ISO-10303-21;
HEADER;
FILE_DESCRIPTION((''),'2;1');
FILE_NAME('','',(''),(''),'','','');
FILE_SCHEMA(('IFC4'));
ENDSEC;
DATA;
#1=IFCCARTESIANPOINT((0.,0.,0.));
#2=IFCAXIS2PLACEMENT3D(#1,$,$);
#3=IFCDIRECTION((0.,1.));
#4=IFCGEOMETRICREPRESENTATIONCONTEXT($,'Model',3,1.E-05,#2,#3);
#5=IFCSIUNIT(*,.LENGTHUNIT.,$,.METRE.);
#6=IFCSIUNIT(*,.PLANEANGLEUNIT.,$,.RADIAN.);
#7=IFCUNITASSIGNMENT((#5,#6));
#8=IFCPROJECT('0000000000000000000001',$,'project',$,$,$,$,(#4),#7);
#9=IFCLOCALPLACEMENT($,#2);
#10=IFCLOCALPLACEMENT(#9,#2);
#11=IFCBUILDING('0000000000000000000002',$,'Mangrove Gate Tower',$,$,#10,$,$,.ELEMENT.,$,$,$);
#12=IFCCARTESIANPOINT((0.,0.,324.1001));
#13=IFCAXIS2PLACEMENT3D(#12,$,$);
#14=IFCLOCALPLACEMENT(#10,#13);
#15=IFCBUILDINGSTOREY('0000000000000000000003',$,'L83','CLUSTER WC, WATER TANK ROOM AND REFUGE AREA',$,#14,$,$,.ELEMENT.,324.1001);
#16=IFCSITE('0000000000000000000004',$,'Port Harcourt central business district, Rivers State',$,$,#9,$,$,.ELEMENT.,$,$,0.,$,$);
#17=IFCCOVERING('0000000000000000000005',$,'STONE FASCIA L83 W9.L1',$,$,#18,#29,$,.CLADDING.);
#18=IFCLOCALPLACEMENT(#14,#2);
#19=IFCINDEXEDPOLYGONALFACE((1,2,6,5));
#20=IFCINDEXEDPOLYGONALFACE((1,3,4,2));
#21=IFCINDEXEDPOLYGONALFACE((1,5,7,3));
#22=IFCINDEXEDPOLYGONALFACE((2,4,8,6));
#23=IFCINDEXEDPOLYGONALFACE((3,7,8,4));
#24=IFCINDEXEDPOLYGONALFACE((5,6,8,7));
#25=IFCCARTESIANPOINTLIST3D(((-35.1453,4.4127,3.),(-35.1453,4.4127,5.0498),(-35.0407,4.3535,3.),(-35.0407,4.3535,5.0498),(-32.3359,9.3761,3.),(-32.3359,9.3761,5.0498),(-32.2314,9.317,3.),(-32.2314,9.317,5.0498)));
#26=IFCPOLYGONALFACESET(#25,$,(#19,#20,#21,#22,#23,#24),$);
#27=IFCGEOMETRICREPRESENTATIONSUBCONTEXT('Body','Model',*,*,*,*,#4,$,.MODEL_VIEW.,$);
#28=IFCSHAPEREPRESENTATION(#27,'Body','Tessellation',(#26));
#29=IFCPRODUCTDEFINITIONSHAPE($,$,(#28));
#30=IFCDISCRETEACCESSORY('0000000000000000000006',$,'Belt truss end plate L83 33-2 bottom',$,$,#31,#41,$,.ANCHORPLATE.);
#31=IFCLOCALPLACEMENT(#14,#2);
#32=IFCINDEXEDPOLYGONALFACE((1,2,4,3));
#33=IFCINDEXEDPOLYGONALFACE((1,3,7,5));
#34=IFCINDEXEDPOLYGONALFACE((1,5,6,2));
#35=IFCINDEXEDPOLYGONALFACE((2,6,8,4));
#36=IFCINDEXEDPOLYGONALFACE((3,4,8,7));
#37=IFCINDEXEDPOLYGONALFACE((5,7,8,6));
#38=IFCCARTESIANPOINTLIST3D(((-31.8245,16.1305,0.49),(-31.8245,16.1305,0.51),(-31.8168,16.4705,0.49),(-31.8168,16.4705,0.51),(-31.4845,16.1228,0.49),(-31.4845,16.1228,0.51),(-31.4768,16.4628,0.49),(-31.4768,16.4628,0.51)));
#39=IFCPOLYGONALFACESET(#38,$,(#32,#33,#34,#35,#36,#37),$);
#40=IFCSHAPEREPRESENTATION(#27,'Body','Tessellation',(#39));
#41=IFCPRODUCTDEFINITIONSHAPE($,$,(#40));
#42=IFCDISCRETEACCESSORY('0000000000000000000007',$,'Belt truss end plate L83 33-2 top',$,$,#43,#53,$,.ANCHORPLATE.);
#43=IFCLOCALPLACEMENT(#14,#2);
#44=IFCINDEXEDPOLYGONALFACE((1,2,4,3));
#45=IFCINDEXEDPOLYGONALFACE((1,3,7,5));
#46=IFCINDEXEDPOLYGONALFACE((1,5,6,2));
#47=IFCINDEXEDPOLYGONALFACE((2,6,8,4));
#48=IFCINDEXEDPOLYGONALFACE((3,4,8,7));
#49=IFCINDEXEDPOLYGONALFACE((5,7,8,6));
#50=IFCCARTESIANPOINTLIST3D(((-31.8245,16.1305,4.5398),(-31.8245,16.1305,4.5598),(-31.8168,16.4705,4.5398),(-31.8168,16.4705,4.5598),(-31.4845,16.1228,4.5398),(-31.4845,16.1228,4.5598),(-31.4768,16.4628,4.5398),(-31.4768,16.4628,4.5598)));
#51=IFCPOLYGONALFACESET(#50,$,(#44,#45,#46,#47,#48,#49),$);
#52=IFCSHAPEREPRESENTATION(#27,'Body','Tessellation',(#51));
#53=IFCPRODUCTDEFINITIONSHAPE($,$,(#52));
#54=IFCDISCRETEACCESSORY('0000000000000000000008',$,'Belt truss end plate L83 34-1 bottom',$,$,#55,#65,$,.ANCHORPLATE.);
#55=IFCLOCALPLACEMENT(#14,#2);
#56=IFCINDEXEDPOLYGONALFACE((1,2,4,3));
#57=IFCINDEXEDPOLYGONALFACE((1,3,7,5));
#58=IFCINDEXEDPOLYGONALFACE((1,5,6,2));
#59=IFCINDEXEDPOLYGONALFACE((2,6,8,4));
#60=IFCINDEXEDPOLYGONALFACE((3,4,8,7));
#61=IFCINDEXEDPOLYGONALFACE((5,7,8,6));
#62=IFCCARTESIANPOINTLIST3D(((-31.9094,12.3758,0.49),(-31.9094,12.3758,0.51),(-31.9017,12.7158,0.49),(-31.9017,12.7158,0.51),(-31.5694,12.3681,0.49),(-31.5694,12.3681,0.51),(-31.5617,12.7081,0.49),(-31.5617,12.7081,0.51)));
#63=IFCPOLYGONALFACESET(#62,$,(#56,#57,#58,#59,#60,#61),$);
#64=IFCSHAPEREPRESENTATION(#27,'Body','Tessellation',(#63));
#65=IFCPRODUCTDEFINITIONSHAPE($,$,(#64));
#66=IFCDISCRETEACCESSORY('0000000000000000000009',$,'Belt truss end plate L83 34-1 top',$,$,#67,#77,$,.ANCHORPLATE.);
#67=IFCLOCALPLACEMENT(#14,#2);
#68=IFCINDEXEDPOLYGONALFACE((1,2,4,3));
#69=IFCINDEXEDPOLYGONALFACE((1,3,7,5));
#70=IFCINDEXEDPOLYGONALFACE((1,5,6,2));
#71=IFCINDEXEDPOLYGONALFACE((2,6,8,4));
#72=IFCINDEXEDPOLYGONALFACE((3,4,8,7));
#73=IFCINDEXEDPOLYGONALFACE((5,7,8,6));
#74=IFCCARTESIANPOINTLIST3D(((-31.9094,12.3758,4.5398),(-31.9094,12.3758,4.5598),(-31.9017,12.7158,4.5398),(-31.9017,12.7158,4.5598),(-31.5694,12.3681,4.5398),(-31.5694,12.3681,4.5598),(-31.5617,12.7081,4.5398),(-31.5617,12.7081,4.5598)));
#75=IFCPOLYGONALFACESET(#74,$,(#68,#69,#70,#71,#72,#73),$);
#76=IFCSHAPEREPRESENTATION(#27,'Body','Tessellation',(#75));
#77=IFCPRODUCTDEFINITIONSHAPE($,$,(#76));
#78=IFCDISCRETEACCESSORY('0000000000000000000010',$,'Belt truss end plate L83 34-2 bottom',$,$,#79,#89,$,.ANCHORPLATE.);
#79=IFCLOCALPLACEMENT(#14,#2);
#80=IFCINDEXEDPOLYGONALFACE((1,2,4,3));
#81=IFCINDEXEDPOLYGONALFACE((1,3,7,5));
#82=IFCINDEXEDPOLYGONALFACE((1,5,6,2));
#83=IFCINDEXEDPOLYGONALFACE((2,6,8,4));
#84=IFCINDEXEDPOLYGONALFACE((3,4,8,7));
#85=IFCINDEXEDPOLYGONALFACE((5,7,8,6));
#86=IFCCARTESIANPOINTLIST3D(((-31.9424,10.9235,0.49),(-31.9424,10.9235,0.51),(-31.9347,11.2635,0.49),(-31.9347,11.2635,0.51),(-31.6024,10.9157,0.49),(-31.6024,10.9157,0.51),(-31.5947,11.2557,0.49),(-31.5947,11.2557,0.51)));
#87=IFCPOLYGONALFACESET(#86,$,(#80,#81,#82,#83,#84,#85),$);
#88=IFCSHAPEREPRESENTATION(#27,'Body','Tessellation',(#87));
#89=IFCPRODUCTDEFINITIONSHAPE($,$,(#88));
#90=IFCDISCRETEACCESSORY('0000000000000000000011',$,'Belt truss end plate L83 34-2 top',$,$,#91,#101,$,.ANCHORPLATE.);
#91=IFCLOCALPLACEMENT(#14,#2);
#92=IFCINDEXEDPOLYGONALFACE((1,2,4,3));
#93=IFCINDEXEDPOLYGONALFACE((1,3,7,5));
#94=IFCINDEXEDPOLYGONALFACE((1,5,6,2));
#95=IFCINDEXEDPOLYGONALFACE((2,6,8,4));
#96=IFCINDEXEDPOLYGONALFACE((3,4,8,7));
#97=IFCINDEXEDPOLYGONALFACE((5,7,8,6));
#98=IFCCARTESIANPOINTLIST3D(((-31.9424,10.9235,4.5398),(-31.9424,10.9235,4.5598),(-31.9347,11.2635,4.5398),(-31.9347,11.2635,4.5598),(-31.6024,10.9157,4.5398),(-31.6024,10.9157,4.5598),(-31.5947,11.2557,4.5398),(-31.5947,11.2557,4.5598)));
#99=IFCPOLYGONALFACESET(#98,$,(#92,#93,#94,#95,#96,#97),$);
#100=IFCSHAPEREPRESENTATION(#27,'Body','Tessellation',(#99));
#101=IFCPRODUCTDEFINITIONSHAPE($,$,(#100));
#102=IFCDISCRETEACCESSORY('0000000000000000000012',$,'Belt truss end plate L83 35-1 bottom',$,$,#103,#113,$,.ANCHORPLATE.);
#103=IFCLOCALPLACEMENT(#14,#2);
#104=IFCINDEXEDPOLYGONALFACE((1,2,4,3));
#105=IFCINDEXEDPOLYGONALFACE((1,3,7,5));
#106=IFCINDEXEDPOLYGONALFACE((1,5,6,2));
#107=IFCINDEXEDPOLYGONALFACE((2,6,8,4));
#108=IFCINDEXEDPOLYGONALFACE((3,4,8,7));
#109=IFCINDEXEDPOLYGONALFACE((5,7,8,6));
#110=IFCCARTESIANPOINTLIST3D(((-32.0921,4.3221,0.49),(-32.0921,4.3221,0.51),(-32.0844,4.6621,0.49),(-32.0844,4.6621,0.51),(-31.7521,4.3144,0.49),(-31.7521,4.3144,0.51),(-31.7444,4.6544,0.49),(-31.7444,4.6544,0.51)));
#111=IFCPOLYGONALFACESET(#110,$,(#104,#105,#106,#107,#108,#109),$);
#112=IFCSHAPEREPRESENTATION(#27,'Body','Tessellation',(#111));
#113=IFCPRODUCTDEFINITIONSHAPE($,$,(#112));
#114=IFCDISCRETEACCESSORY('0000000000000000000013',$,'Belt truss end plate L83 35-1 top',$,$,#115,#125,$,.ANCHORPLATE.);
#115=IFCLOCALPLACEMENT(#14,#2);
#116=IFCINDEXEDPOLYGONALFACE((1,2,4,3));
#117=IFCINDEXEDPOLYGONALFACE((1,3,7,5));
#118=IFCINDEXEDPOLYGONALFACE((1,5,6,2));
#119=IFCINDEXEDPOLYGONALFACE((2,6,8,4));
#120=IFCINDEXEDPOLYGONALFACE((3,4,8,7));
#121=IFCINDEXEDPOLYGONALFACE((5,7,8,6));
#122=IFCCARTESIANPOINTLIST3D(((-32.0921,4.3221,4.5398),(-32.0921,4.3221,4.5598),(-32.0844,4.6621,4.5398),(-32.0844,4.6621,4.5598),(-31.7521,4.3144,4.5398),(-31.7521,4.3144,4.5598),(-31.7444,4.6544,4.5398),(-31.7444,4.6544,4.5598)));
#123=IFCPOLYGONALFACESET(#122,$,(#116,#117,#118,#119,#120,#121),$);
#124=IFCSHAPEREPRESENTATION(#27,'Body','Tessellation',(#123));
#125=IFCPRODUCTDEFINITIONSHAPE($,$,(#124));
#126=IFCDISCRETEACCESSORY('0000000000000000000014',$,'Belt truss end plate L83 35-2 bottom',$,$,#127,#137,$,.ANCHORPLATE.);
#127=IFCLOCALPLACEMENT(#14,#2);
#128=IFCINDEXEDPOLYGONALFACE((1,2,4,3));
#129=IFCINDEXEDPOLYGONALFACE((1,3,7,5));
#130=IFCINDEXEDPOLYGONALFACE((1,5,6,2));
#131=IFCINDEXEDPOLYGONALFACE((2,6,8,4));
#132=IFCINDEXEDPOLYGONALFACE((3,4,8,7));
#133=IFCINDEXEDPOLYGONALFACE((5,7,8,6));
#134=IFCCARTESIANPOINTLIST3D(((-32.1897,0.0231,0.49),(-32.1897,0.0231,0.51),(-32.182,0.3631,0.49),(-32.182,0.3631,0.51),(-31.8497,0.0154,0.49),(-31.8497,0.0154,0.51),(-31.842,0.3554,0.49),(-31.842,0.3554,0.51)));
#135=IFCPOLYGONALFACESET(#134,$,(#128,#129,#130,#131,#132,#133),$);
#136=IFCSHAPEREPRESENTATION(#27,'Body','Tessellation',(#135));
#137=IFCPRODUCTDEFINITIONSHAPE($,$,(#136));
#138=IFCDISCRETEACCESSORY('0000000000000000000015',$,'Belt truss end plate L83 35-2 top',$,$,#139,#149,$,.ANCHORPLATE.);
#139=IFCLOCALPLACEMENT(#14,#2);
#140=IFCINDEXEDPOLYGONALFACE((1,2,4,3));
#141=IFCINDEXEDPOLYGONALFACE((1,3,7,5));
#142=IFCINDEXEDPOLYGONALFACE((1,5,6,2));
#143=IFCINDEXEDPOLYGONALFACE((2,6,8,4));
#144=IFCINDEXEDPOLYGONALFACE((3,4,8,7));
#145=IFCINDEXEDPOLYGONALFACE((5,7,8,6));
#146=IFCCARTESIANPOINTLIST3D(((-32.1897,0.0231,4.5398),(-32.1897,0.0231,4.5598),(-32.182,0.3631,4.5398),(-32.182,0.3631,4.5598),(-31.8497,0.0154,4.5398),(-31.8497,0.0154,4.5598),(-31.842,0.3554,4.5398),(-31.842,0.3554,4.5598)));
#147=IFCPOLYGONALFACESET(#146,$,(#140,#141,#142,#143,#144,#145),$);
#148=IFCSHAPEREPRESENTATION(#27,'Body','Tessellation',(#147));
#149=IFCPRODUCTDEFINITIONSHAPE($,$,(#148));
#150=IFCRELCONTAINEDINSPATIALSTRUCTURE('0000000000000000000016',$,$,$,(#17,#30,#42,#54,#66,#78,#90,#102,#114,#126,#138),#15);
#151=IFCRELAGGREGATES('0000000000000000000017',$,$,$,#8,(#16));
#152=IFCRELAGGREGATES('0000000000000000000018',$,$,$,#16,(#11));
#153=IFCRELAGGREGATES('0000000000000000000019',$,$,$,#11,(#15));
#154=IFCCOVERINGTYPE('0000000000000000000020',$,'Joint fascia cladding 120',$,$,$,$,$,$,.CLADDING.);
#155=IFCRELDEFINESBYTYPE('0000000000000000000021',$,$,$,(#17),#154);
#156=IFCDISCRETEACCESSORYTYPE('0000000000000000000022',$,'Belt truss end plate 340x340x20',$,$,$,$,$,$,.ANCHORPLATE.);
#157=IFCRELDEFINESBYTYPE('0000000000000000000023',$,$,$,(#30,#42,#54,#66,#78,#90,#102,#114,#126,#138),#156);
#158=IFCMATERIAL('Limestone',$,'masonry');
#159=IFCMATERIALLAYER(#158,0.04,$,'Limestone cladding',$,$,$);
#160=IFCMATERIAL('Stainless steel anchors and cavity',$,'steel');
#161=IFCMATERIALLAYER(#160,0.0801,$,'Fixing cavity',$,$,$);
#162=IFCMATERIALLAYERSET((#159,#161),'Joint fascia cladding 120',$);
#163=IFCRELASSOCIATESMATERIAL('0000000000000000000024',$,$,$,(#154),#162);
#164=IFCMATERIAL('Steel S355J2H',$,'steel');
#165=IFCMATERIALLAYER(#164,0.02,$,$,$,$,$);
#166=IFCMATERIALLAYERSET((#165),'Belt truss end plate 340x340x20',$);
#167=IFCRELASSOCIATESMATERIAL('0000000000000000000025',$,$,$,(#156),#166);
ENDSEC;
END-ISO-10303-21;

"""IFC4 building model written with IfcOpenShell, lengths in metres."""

from ifc_helpers import new_model, si_unit, direction, frame, frame_2d, origin, origin_2d, place, context, subcontext, project, spatial, rectangle, extrude, material, layer, layer_set, type_object, element, save


model = new_model("IFC4")

# Units and contexts
model_context = context("Model", 3, precision=1e-05, world=origin(), true_north=direction((0.0, 1.0)))
body_context = subcontext(model_context, "Body", "Model", "MODEL_VIEW")
ifc_project = project(units=[si_unit("LENGTHUNIT", "METRE"), si_unit("PLANEANGLEUNIT", "RADIAN")], contexts=[model_context])

# Site, building, storey
site_placement = place(None, origin())
site = spatial("IfcSite", under=ifc_project, at=site_placement, Name="Port Harcourt central business district, Rivers State", CompositionType="ELEMENT", RefElevation=0.0)
building_placement = place(site_placement, origin())
building = spatial("IfcBuilding", under=site, at=building_placement, Name="Mangrove Gate Tower", CompositionType="ELEMENT")
storey_placement = place(building_placement, frame((0.0, 0.0, 324.1001)))
storey = spatial("IfcBuildingStorey", under=building, at=storey_placement, Name="L83", Description="CLUSTER WC, WATER TANK ROOM AND REFUGE AREA", CompositionType="ELEMENT", Elevation=324.1001)

# Shared definitions
ifc_material_1 = material(Name="Limestone", Category="masonry")

# Covering
ifc_layer_1 = layer(ifc_material_1, 0.04, Name="Limestone cladding")
ifc_material_2 = material(Name="Stainless steel anchors and cavity", Category="steel")
ifc_layer_2 = layer(ifc_material_2, 0.0801, Name="Fixing cavity")
ifc_layer_set_1 = layer_set([ifc_layer_1, ifc_layer_2], Name="Joint fascia cladding 120")
covering_type = type_object("IfcCoveringType", Name="Joint fascia cladding 120", PredefinedType="CLADDING", material=ifc_layer_set_1)
covering_placement = place(storey_placement, frame((-32.2837, 9.3464, 3.0), z_axis=(0.0, 0.0, 1.0), x_axis=(-0.49258, -0.870267, 0.0)))
element("IfcCovering", 1, at=covering_placement, inside=storey, type_object=covering_type, Name="STONE FASCIA L83 W9.L1", PredefinedType="CLADDING", context=body_context, shape_type="SweptSolid", body=[
    extrude(rectangle(XDim=5.7034, YDim=0.1201, at=frame_2d((2.8516, 0.0))), origin(), (0.0, 0.0, 1.0), 2.0498),
])

# Discrete accessories
ifc_material_3 = material(Name="Steel S355J2H", Category="steel")
ifc_layer_3 = layer(ifc_material_3, 0.02)
ifc_layer_set_2 = layer_set([ifc_layer_3], Name="Belt truss end plate 340x340x20")
discrete_accessory_type = type_object("IfcDiscreteAccessoryType", Name="Belt truss end plate 340x340x20", PredefinedType="ANCHORPLATE", material=ifc_layer_set_2)
for number, where, z_axis, x_axis, name in (
    (2, (-31.6506, 16.2966, 0.49), (0.0, 0.0, 1.0), (-0.022656, -0.999743, 0.0), "Belt truss end plate L83 33-2 bottom"),
    (3, (-31.6506, 16.2966, 4.5398), (0.0, 0.0, 1.0), (-0.022656, -0.999743, 0.0), "Belt truss end plate L83 33-2 top"),
    (4, (-31.7356, 12.542, 0.49), (0.0, 0.0, 1.0), (-0.022656, -0.999743, 0.0), "Belt truss end plate L83 34-1 bottom"),
    (5, (-31.7356, 12.542, 4.5398), (0.0, 0.0, 1.0), (-0.022656, -0.999743, 0.0), "Belt truss end plate L83 34-1 top"),
    (6, (-31.7686, 11.0896, 0.49), (0.0, 0.0, 1.0), (-0.022656, -0.999743, 0.0), "Belt truss end plate L83 34-2 bottom"),
    (7, (-31.7686, 11.0896, 4.5398), (0.0, 0.0, 1.0), (-0.022656, -0.999743, 0.0), "Belt truss end plate L83 34-2 top"),
    (8, (-31.9182, 4.4883, 0.49), (0.0, 0.0, 1.0), (-0.02269, -0.999743, 0.0), "Belt truss end plate L83 35-1 bottom"),
    (9, (-31.9182, 4.4883, 4.5398), (0.0, 0.0, 1.0), (-0.02269, -0.999743, 0.0), "Belt truss end plate L83 35-1 top"),
    (10, (-32.0159, 0.1892, 0.49), (0.0, 0.0, 1.0), (-0.02269, -0.999743, 0.0), "Belt truss end plate L83 35-2 bottom"),
    (11, (-32.0159, 0.1892, 4.5398), (0.0, 0.0, 1.0), (-0.02269, -0.999743, 0.0), "Belt truss end plate L83 35-2 top"),
):
    element("IfcDiscreteAccessory", number, at=place(storey_placement, frame(where, z_axis=z_axis, x_axis=x_axis)), inside=storey, type_object=discrete_accessory_type, Name=name, PredefinedType="ANCHORPLATE", context=body_context, shape_type="SweptSolid", body=[
        extrude(rectangle(XDim=0.3401, YDim=0.3401, at=origin_2d()), origin(), (0.0, 0.0, 1.0), 0.02),
    ])

save(model, "model.ifc")
